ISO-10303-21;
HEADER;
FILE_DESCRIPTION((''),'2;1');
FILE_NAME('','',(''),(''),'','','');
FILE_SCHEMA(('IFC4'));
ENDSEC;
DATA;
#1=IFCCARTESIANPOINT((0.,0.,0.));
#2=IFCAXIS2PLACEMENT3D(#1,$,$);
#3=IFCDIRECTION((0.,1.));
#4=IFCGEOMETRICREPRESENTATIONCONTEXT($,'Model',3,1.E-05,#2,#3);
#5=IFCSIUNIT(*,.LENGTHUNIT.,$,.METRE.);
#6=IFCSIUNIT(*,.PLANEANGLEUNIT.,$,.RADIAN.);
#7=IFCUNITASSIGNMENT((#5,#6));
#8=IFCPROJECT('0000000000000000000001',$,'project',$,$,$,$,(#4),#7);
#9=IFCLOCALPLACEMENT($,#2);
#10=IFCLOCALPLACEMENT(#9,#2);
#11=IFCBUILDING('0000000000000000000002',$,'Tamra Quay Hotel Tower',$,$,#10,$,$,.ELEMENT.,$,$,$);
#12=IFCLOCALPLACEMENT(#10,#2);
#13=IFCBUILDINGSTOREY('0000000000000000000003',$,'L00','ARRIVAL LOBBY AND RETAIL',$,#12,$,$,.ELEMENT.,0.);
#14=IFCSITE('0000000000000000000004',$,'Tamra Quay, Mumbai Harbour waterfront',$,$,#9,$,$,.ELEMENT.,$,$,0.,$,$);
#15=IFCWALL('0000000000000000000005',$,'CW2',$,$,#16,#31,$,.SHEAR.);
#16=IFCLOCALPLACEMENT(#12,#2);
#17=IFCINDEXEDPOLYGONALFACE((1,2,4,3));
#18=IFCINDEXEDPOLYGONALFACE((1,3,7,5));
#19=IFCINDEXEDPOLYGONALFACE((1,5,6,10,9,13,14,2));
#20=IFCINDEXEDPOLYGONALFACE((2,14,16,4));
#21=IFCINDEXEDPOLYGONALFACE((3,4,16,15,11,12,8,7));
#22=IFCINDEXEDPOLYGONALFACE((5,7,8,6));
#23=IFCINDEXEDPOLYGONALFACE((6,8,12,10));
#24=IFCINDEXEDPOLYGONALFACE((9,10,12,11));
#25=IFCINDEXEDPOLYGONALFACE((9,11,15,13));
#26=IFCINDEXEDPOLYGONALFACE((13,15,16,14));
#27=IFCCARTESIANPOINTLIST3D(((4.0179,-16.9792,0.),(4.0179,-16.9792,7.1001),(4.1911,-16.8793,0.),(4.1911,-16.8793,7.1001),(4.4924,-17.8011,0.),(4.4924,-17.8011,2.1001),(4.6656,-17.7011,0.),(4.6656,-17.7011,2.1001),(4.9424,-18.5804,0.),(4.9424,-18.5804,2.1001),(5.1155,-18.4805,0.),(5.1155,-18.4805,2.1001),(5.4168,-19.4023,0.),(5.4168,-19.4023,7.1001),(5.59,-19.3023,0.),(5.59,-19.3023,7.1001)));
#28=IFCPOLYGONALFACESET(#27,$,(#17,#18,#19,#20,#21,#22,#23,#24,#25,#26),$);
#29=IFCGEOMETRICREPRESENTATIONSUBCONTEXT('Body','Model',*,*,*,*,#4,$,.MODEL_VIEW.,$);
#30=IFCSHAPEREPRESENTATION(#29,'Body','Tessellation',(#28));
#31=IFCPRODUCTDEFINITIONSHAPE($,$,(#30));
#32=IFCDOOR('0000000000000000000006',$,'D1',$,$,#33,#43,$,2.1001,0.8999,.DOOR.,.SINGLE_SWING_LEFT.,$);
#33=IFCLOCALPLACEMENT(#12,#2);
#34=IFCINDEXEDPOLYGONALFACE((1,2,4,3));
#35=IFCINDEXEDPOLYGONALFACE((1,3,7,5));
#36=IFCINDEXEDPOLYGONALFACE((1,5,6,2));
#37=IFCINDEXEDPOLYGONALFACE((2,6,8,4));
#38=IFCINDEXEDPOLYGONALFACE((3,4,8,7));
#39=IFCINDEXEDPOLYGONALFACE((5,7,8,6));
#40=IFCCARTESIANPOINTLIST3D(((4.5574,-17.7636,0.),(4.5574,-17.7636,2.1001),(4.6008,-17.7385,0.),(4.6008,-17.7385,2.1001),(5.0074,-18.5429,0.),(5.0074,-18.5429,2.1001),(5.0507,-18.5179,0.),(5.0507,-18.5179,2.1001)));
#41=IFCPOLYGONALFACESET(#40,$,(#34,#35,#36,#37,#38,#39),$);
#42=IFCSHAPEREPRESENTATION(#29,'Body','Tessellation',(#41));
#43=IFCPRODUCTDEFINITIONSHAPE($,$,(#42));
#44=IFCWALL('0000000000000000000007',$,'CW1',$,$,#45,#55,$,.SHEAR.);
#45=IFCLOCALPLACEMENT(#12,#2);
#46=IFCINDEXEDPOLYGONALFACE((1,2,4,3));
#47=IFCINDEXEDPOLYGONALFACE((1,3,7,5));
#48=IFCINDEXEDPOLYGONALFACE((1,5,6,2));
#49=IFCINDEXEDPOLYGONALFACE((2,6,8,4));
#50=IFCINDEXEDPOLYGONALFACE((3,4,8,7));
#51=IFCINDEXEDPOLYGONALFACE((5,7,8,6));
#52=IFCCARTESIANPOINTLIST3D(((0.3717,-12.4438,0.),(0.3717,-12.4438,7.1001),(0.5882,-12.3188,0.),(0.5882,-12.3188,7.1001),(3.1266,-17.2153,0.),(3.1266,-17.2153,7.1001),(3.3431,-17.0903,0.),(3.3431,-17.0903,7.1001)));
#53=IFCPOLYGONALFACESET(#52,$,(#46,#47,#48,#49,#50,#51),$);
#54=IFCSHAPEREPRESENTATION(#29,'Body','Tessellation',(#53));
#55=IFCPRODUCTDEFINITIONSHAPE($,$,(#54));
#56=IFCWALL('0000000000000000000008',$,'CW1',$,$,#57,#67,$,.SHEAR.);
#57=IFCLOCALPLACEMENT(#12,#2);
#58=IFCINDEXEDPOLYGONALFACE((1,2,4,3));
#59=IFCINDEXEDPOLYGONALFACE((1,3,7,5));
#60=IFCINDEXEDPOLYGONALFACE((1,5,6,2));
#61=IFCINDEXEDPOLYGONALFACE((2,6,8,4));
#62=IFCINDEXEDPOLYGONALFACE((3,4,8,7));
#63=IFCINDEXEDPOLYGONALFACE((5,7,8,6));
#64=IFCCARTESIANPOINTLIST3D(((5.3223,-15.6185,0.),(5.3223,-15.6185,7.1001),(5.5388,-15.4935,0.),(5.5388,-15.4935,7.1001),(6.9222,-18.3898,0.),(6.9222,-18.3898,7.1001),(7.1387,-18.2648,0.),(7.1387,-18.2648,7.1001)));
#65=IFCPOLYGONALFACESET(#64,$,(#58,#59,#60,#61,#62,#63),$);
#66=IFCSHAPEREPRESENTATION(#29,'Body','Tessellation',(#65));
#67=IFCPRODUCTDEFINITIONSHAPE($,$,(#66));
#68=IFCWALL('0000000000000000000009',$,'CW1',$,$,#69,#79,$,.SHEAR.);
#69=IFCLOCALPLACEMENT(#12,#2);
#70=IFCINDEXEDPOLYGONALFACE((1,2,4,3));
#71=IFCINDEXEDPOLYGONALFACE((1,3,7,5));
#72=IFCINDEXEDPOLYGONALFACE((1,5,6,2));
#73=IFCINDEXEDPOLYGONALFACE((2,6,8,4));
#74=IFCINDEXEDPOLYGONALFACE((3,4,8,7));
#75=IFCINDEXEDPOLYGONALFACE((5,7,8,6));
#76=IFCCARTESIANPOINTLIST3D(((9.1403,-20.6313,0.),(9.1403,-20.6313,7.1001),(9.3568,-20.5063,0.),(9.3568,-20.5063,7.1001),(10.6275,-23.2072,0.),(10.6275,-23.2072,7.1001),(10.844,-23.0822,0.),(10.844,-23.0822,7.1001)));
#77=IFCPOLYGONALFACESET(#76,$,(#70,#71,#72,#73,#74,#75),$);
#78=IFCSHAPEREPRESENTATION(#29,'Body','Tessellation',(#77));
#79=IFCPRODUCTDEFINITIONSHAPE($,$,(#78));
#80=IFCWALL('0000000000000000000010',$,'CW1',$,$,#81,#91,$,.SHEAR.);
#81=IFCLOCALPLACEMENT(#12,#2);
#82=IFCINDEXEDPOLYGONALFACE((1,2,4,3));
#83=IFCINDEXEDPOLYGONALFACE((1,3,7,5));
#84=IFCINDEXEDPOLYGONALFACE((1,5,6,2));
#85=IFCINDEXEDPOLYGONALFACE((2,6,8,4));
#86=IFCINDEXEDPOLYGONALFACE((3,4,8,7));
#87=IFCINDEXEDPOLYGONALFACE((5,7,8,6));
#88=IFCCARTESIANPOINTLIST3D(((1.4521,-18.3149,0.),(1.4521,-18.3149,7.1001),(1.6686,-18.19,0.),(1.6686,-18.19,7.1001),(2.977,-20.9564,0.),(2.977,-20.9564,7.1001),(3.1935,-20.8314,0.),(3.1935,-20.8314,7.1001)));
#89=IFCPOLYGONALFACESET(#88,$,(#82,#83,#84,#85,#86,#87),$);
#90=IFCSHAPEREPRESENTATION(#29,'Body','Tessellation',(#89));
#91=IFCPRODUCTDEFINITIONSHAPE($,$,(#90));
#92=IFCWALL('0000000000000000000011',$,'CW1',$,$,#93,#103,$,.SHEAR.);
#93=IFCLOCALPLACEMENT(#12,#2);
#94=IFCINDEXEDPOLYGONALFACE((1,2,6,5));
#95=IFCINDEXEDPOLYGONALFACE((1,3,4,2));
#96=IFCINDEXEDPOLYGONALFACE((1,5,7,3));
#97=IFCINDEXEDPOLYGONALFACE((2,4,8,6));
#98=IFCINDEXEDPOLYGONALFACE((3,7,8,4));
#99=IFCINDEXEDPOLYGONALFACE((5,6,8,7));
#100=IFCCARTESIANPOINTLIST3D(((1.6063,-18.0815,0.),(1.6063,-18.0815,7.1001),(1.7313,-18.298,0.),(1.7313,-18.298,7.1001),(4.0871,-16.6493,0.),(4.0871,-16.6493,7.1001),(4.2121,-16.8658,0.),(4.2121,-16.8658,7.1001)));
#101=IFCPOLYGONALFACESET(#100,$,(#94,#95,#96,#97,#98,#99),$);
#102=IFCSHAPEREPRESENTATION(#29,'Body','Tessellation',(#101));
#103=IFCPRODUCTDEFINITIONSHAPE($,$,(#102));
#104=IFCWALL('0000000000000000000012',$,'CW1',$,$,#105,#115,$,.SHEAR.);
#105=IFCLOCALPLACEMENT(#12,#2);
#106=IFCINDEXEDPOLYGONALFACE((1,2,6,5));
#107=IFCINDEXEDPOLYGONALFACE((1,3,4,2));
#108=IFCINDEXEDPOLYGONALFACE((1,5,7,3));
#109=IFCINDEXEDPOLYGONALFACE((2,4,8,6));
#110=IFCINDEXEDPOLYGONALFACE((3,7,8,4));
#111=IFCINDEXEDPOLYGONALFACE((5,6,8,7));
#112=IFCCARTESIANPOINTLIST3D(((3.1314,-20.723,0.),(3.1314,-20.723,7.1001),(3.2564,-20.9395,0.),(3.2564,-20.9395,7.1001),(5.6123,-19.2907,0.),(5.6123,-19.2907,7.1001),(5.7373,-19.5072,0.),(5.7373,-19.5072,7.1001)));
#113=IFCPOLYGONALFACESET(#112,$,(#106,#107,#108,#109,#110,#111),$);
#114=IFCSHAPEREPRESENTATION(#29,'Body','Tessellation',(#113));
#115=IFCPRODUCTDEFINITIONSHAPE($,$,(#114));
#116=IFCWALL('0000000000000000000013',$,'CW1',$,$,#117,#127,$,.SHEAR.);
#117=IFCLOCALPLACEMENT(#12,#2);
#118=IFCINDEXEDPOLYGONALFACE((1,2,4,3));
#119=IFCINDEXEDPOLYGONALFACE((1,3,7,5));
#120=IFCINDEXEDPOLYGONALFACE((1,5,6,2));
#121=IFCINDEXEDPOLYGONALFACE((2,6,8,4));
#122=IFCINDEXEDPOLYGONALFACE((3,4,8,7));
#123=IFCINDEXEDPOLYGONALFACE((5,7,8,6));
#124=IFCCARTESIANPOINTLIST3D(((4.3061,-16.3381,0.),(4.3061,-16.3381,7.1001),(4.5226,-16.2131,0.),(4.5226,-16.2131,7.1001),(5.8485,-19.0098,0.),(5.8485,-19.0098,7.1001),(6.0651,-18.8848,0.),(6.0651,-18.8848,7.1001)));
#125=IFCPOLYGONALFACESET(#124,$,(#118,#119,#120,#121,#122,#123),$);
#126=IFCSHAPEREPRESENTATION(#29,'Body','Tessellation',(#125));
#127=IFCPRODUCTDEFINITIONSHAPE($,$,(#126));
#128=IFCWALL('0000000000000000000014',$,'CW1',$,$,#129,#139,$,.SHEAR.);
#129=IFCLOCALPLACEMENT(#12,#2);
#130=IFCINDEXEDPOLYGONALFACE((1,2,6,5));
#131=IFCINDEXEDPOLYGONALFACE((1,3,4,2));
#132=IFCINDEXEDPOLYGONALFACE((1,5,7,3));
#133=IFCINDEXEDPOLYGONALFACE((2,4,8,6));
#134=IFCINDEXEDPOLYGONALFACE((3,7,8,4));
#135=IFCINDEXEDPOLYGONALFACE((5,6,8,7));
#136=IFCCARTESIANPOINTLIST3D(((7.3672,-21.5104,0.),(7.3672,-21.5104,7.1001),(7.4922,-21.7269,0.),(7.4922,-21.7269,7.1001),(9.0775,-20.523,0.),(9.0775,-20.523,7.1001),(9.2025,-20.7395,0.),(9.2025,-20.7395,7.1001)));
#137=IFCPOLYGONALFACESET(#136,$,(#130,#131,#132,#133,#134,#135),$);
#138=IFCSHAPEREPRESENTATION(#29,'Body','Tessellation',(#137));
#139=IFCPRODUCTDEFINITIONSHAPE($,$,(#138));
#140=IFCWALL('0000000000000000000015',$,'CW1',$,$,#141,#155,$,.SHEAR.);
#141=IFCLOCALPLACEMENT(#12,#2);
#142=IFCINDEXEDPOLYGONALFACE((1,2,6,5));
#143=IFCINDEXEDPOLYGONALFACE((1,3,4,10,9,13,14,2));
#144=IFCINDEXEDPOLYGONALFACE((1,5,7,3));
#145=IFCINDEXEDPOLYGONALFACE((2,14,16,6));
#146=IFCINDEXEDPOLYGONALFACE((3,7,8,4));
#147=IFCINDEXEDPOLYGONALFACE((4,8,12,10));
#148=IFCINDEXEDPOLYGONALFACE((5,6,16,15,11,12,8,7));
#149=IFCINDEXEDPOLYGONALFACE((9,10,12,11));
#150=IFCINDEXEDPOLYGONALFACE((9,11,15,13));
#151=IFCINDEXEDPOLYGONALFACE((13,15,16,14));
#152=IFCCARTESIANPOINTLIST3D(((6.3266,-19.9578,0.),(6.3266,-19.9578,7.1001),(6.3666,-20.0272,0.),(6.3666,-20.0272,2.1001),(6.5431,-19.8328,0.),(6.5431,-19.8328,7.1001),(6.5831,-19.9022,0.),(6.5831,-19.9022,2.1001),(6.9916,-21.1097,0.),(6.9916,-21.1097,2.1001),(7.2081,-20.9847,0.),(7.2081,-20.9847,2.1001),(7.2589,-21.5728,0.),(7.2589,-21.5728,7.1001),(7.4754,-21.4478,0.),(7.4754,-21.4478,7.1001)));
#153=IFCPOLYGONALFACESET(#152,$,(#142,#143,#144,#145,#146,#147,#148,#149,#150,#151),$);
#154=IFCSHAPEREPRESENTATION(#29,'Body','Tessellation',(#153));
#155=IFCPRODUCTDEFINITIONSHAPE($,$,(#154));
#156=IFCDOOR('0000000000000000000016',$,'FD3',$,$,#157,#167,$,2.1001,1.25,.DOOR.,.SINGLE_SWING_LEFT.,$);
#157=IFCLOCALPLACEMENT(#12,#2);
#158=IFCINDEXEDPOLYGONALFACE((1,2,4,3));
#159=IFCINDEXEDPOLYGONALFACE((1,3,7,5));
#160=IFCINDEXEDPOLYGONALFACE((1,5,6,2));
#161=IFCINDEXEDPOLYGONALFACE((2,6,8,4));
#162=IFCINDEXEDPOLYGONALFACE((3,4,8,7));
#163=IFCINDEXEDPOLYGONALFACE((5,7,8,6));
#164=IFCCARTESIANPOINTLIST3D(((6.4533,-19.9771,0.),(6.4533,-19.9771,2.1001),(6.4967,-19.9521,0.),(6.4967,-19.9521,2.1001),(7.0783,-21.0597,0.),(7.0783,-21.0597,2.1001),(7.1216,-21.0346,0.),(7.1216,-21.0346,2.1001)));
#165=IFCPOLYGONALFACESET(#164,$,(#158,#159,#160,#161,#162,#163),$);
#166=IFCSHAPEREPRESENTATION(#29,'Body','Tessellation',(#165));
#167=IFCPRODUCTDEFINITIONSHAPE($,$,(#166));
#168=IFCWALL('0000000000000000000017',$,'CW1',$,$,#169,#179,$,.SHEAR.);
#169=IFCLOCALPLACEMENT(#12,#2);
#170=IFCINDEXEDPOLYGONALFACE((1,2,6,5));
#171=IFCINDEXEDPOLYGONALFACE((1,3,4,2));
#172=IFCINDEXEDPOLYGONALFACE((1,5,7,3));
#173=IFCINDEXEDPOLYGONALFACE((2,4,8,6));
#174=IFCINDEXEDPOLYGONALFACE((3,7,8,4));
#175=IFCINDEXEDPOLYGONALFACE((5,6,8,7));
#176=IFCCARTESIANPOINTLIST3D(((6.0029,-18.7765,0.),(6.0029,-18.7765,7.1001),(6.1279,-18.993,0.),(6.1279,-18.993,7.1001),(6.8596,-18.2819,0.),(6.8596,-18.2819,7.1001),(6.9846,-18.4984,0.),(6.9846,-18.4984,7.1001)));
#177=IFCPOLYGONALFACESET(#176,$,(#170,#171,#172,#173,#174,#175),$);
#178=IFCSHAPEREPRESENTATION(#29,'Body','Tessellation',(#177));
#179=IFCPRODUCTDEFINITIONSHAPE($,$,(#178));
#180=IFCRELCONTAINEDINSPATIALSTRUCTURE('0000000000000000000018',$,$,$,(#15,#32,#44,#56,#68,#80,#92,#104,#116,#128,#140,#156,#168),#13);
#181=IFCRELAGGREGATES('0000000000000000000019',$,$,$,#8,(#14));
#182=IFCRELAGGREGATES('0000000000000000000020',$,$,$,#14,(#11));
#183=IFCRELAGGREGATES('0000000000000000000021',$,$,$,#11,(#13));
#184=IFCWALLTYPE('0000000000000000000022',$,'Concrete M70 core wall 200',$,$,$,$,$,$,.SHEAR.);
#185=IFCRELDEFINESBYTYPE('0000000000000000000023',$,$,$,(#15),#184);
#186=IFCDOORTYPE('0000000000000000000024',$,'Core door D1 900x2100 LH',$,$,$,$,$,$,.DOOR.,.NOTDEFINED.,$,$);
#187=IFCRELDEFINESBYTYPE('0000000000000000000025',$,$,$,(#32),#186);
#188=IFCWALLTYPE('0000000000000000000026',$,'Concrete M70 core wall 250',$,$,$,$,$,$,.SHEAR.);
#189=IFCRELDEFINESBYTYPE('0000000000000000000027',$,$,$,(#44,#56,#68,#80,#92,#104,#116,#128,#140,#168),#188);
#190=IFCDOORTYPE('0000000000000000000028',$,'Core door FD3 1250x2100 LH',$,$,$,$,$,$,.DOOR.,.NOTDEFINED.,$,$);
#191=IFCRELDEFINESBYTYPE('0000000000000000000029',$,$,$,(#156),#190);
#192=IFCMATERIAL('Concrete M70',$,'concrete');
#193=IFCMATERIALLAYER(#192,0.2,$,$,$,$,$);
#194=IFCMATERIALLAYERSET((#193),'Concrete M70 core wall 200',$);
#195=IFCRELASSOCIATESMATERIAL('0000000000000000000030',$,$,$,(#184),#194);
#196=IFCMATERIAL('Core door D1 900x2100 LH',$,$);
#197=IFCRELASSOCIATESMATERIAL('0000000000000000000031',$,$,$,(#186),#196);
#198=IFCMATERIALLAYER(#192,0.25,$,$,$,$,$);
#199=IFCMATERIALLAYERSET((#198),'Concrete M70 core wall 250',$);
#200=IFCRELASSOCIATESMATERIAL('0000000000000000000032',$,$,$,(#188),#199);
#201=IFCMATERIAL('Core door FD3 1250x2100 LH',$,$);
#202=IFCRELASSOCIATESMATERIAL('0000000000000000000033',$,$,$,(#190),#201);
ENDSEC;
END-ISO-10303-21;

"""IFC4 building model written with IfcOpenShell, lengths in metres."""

from ifc_helpers import new_model, si_unit, direction, frame, frame_2d, origin, place, context, subcontext, project, spatial, rectangle, extrude, material, layer, layer_set, type_object, element, fill, save


model = new_model("IFC4")

# Units and contexts
model_context = context("Model", 3, precision=1e-05, world=origin(), true_north=direction((0.0, 1.0)))
body_context = subcontext(model_context, "Body", "Model", "MODEL_VIEW")
ifc_project = project(units=[si_unit("LENGTHUNIT", "METRE"), si_unit("PLANEANGLEUNIT", "RADIAN")], contexts=[model_context])

# Site, building, storey
site_placement = place(None, origin())
site = spatial("IfcSite", under=ifc_project, at=site_placement, Name="Tamra Quay, Mumbai Harbour waterfront", CompositionType="ELEMENT", RefElevation=0.0)
building_placement = place(site_placement, origin())
building = spatial("IfcBuilding", under=site, at=building_placement, Name="Tamra Quay Hotel Tower", CompositionType="ELEMENT")
storey_placement = place(building_placement, origin())
storey = spatial("IfcBuildingStorey", under=building, at=storey_placement, Name="L00", Description="ARRIVAL LOBBY AND RETAIL", CompositionType="ELEMENT", Elevation=0.0)

# Shared definitions
ifc_material_1 = material(Name="Concrete M70", Category="concrete")

# Shared definitions
ifc_layer_1 = layer(ifc_material_1, 0.2)
ifc_layer_set_1 = layer_set([ifc_layer_1], Name="Concrete M70 core wall 200")
wall_type_1 = type_object("IfcWallType", Name="Concrete M70 core wall 200", PredefinedType="SHEAR", material=ifc_layer_set_1)

# Wall, opening, door
wall_1_placement = place(storey_placement, frame((5.5034, -19.3523, 0.0), z_axis=(0.0, 0.0, 1.0), x_axis=(-0.499987, 0.866033, 0.0)))
wall_1 = element("IfcWall", 1, at=wall_1_placement, inside=storey, type_object=wall_type_1, Name="CW2", PredefinedType="SHEAR", context=body_context, shape_type="SweptSolid", body=[
    extrude(rectangle(XDim=2.7979, YDim=0.2, at=frame_2d((1.3989, 0.0))), origin(), (0.0, 0.0, 1.0), 7.1001),
])
opening_1_placement = place(wall_1_placement, frame((0.949, 0.0, 0.0)))
opening_1 = element("IfcOpeningElement", 2, at=opening_1_placement, cuts=wall_1, PredefinedType="OPENING", context=body_context, shape_type="SweptSolid", body=[
    extrude(rectangle(XDim=0.8999, YDim=2.1001, at=frame_2d((0.45, 1.05))), frame((0.0, 0.1099, 0.0), z_axis=(0.0, -1.0, 0.0), x_axis=(1.0, 0.0, 0.0)), (0.0, 0.0, 1.0), 0.22),
])
ifc_material_2 = material(Name="Core door D1 900x2100 LH")
door_type_1 = type_object("IfcDoorType", Name="Core door D1 900x2100 LH", OperationType="NOTDEFINED", PredefinedType="DOOR", material=ifc_material_2)
door_1_placement = place(opening_1_placement, origin())
door_1 = element("IfcDoor", 3, at=door_1_placement, inside=storey, type_object=door_type_1, Name="D1", OperationType="SINGLE_SWING_LEFT", OverallHeight=2.1001, OverallWidth=0.8999, PredefinedType="DOOR", context=body_context, shape_type="SweptSolid", body=[
    extrude(rectangle(XDim=0.8999, YDim=2.1001, at=frame_2d((0.45, 1.05))), frame((0.0, 0.0249, 0.0), z_axis=(0.0, -1.0, 0.0), x_axis=(1.0, 0.0, 0.0)), (0.0, 0.0, 1.0), 0.05),
])
fill(opening_1, door_1)

# Walls
ifc_layer_2 = layer(ifc_material_1, 0.25)
ifc_layer_set_2 = layer_set([ifc_layer_2], Name="Concrete M70 core wall 250")
wall_type_2 = type_object("IfcWallType", Name="Concrete M70 core wall 250", PredefinedType="SHEAR", material=ifc_layer_set_2)
wall_2_placement = place(storey_placement, frame((3.2349, -17.1528, 0.0), z_axis=(0.0, 0.0, 1.0), x_axis=(-0.500009, 0.86602, 0.0)))
element("IfcWall", 4, at=wall_2_placement, inside=storey, type_object=wall_type_2, Name="CW1", PredefinedType="SHEAR", context=body_context, shape_type="SweptSolid", body=[
    extrude(rectangle(XDim=5.5098, YDim=0.25, at=frame_2d((2.7549, 0.0))), origin(), (0.0, 0.0, 1.0), 7.1001),
])
wall_3_placement = place(storey_placement, frame((7.0305, -18.3274, 0.0), z_axis=(0.0, 0.0, 1.0), x_axis=(-0.499971, 0.866042, 0.0)))
element("IfcWall", 5, at=wall_3_placement, inside=storey, type_object=wall_type_2, Name="CW1", PredefinedType="SHEAR", context=body_context, shape_type="SweptSolid", body=[
    extrude(rectangle(XDim=3.2, YDim=0.25, at=frame_2d((1.6001, 0.0))), origin(), (0.0, 0.0, 1.0), 7.1001),
])
wall_4_placement = place(storey_placement, frame((10.7358, -23.1448, 0.0), z_axis=(0.0, 0.0, 1.0), x_axis=(-0.500023, 0.866012, 0.0)))
element("IfcWall", 6, at=wall_4_placement, inside=storey, type_object=wall_type_2, Name="CW1", PredefinedType="SHEAR", context=body_context, shape_type="SweptSolid", body=[
    extrude(rectangle(XDim=2.9744, YDim=0.25, at=frame_2d((1.4873, 0.0))), origin(), (0.0, 0.0, 1.0), 7.1001),
])
wall_5_placement = place(storey_placement, frame((3.0852, -20.8938, 0.0), z_axis=(0.0, 0.0, 1.0), x_axis=(-0.499979, 0.866038, 0.0)))
element("IfcWall", 7, at=wall_5_placement, inside=storey, type_object=wall_type_2, Name="CW1", PredefinedType="SHEAR", context=body_context, shape_type="SweptSolid", body=[
    extrude(rectangle(XDim=3.05, YDim=0.25, at=frame_2d((1.5249, 0.0))), origin(), (0.0, 0.0, 1.0), 7.1001),
])
wall_6_placement = place(storey_placement, frame((1.6689, -18.1897, 0.0), z_axis=(0.0, 0.0, 1.0), x_axis=(0.866042, 0.499971, 0.0)))
element("IfcWall", 8, at=wall_6_placement, inside=storey, type_object=wall_type_2, Name="CW1", PredefinedType="SHEAR", context=body_context, shape_type="SweptSolid", body=[
    extrude(rectangle(XDim=2.8645, YDim=0.25, at=frame_2d((1.4321, 0.0))), origin(), (0.0, 0.0, 1.0), 7.1001),
])
wall_7_placement = place(storey_placement, frame((5.6748, -19.3989, 0.0), z_axis=(0.0, 0.0, 1.0), x_axis=(-0.866027, -0.499998, 0.0)))
element("IfcWall", 9, at=wall_7_placement, inside=storey, type_object=wall_type_2, Name="CW1", PredefinedType="SHEAR", context=body_context, shape_type="SweptSolid", body=[
    extrude(rectangle(XDim=2.8647, YDim=0.25, at=frame_2d((1.4324, 0.0))), origin(), (0.0, 0.0, 1.0), 7.1001),
])
wall_8_placement = place(storey_placement, frame((4.4143, -16.2756, 0.0), z_axis=(0.0, 0.0, 1.0), x_axis=(0.500003, -0.866023, 0.0)))
element("IfcWall", 10, at=wall_8_placement, inside=storey, type_object=wall_type_2, Name="CW1", PredefinedType="SHEAR", context=body_context, shape_type="SweptSolid", body=[
    extrude(rectangle(XDim=3.085, YDim=0.25, at=frame_2d((1.5425, 0.0))), origin(), (0.0, 0.0, 1.0), 7.1001),
])
wall_9_placement = place(storey_placement, frame((9.1399, -20.6313, 0.0), z_axis=(0.0, 0.0, 1.0), x_axis=(-0.866044, -0.499969, 0.0)))
element("IfcWall", 11, at=wall_9_placement, inside=storey, type_object=wall_type_2, Name="CW1", PredefinedType="SHEAR", context=body_context, shape_type="SweptSolid", body=[
    extrude(rectangle(XDim=1.9749, YDim=0.25, at=frame_2d((0.9873, 0.0))), origin(), (0.0, 0.0, 1.0), 7.1001),
])

# Wall, opening, door
wall_10_placement = place(storey_placement, frame((7.3672, -21.5103, 0.0), z_axis=(0.0, 0.0, 1.0), x_axis=(-0.499983, 0.866035, 0.0)))
wall_10 = element("IfcWall", 12, at=wall_10_placement, inside=storey, type_object=wall_type_2, Name="CW1", PredefinedType="SHEAR", context=body_context, shape_type="SweptSolid", body=[
    extrude(rectangle(XDim=1.8647, YDim=0.25, at=frame_2d((0.9324, 0.0))), origin(), (0.0, 0.0, 1.0), 7.1001),
])
opening_2_placement = place(wall_10_placement, frame((0.5347, 0.0, 0.0)))
opening_2 = element("IfcOpeningElement", 13, at=opening_2_placement, cuts=wall_10, PredefinedType="OPENING", context=body_context, shape_type="SweptSolid", body=[
    extrude(rectangle(XDim=1.25, YDim=2.1001, at=frame_2d((0.625, 1.05))), frame((0.0, 0.135, 0.0), z_axis=(0.0, -1.0, 0.0), x_axis=(1.0, 0.0, 0.0)), (0.0, 0.0, 1.0), 0.27),
])
ifc_material_3 = material(Name="Core door FD3 1250x2100 LH")
door_type_2 = type_object("IfcDoorType", Name="Core door FD3 1250x2100 LH", OperationType="NOTDEFINED", PredefinedType="DOOR", material=ifc_material_3)
door_2_placement = place(opening_2_placement, origin())
door_2 = element("IfcDoor", 14, at=door_2_placement, inside=storey, type_object=door_type_2, Name="FD3", OperationType="SINGLE_SWING_LEFT", OverallHeight=2.1001, OverallWidth=1.25, PredefinedType="DOOR", context=body_context, shape_type="SweptSolid", body=[
    extrude(rectangle(XDim=1.25, YDim=2.1001, at=frame_2d((0.625, 1.05))), frame((0.0, 0.0249, 0.0), z_axis=(0.0, -1.0, 0.0), x_axis=(1.0, 0.0, 0.0)), (0.0, 0.0, 1.0), 0.05),
])
fill(opening_2, door_2)

# Wall
wall_11_placement = place(storey_placement, frame((6.0654, -18.8848, 0.0), z_axis=(0.0, 0.0, 1.0), x_axis=(0.866017, 0.500014, 0.0)))
element("IfcWall", 15, at=wall_11_placement, inside=storey, type_object=wall_type_2, Name="CW1", PredefinedType="SHEAR", context=body_context, shape_type="SweptSolid", body=[
    extrude(rectangle(XDim=0.9893, YDim=0.25, at=frame_2d((0.4946, 0.0))), origin(), (0.0, 0.0, 1.0), 7.1001),
])

save(model, "model.ifc")
